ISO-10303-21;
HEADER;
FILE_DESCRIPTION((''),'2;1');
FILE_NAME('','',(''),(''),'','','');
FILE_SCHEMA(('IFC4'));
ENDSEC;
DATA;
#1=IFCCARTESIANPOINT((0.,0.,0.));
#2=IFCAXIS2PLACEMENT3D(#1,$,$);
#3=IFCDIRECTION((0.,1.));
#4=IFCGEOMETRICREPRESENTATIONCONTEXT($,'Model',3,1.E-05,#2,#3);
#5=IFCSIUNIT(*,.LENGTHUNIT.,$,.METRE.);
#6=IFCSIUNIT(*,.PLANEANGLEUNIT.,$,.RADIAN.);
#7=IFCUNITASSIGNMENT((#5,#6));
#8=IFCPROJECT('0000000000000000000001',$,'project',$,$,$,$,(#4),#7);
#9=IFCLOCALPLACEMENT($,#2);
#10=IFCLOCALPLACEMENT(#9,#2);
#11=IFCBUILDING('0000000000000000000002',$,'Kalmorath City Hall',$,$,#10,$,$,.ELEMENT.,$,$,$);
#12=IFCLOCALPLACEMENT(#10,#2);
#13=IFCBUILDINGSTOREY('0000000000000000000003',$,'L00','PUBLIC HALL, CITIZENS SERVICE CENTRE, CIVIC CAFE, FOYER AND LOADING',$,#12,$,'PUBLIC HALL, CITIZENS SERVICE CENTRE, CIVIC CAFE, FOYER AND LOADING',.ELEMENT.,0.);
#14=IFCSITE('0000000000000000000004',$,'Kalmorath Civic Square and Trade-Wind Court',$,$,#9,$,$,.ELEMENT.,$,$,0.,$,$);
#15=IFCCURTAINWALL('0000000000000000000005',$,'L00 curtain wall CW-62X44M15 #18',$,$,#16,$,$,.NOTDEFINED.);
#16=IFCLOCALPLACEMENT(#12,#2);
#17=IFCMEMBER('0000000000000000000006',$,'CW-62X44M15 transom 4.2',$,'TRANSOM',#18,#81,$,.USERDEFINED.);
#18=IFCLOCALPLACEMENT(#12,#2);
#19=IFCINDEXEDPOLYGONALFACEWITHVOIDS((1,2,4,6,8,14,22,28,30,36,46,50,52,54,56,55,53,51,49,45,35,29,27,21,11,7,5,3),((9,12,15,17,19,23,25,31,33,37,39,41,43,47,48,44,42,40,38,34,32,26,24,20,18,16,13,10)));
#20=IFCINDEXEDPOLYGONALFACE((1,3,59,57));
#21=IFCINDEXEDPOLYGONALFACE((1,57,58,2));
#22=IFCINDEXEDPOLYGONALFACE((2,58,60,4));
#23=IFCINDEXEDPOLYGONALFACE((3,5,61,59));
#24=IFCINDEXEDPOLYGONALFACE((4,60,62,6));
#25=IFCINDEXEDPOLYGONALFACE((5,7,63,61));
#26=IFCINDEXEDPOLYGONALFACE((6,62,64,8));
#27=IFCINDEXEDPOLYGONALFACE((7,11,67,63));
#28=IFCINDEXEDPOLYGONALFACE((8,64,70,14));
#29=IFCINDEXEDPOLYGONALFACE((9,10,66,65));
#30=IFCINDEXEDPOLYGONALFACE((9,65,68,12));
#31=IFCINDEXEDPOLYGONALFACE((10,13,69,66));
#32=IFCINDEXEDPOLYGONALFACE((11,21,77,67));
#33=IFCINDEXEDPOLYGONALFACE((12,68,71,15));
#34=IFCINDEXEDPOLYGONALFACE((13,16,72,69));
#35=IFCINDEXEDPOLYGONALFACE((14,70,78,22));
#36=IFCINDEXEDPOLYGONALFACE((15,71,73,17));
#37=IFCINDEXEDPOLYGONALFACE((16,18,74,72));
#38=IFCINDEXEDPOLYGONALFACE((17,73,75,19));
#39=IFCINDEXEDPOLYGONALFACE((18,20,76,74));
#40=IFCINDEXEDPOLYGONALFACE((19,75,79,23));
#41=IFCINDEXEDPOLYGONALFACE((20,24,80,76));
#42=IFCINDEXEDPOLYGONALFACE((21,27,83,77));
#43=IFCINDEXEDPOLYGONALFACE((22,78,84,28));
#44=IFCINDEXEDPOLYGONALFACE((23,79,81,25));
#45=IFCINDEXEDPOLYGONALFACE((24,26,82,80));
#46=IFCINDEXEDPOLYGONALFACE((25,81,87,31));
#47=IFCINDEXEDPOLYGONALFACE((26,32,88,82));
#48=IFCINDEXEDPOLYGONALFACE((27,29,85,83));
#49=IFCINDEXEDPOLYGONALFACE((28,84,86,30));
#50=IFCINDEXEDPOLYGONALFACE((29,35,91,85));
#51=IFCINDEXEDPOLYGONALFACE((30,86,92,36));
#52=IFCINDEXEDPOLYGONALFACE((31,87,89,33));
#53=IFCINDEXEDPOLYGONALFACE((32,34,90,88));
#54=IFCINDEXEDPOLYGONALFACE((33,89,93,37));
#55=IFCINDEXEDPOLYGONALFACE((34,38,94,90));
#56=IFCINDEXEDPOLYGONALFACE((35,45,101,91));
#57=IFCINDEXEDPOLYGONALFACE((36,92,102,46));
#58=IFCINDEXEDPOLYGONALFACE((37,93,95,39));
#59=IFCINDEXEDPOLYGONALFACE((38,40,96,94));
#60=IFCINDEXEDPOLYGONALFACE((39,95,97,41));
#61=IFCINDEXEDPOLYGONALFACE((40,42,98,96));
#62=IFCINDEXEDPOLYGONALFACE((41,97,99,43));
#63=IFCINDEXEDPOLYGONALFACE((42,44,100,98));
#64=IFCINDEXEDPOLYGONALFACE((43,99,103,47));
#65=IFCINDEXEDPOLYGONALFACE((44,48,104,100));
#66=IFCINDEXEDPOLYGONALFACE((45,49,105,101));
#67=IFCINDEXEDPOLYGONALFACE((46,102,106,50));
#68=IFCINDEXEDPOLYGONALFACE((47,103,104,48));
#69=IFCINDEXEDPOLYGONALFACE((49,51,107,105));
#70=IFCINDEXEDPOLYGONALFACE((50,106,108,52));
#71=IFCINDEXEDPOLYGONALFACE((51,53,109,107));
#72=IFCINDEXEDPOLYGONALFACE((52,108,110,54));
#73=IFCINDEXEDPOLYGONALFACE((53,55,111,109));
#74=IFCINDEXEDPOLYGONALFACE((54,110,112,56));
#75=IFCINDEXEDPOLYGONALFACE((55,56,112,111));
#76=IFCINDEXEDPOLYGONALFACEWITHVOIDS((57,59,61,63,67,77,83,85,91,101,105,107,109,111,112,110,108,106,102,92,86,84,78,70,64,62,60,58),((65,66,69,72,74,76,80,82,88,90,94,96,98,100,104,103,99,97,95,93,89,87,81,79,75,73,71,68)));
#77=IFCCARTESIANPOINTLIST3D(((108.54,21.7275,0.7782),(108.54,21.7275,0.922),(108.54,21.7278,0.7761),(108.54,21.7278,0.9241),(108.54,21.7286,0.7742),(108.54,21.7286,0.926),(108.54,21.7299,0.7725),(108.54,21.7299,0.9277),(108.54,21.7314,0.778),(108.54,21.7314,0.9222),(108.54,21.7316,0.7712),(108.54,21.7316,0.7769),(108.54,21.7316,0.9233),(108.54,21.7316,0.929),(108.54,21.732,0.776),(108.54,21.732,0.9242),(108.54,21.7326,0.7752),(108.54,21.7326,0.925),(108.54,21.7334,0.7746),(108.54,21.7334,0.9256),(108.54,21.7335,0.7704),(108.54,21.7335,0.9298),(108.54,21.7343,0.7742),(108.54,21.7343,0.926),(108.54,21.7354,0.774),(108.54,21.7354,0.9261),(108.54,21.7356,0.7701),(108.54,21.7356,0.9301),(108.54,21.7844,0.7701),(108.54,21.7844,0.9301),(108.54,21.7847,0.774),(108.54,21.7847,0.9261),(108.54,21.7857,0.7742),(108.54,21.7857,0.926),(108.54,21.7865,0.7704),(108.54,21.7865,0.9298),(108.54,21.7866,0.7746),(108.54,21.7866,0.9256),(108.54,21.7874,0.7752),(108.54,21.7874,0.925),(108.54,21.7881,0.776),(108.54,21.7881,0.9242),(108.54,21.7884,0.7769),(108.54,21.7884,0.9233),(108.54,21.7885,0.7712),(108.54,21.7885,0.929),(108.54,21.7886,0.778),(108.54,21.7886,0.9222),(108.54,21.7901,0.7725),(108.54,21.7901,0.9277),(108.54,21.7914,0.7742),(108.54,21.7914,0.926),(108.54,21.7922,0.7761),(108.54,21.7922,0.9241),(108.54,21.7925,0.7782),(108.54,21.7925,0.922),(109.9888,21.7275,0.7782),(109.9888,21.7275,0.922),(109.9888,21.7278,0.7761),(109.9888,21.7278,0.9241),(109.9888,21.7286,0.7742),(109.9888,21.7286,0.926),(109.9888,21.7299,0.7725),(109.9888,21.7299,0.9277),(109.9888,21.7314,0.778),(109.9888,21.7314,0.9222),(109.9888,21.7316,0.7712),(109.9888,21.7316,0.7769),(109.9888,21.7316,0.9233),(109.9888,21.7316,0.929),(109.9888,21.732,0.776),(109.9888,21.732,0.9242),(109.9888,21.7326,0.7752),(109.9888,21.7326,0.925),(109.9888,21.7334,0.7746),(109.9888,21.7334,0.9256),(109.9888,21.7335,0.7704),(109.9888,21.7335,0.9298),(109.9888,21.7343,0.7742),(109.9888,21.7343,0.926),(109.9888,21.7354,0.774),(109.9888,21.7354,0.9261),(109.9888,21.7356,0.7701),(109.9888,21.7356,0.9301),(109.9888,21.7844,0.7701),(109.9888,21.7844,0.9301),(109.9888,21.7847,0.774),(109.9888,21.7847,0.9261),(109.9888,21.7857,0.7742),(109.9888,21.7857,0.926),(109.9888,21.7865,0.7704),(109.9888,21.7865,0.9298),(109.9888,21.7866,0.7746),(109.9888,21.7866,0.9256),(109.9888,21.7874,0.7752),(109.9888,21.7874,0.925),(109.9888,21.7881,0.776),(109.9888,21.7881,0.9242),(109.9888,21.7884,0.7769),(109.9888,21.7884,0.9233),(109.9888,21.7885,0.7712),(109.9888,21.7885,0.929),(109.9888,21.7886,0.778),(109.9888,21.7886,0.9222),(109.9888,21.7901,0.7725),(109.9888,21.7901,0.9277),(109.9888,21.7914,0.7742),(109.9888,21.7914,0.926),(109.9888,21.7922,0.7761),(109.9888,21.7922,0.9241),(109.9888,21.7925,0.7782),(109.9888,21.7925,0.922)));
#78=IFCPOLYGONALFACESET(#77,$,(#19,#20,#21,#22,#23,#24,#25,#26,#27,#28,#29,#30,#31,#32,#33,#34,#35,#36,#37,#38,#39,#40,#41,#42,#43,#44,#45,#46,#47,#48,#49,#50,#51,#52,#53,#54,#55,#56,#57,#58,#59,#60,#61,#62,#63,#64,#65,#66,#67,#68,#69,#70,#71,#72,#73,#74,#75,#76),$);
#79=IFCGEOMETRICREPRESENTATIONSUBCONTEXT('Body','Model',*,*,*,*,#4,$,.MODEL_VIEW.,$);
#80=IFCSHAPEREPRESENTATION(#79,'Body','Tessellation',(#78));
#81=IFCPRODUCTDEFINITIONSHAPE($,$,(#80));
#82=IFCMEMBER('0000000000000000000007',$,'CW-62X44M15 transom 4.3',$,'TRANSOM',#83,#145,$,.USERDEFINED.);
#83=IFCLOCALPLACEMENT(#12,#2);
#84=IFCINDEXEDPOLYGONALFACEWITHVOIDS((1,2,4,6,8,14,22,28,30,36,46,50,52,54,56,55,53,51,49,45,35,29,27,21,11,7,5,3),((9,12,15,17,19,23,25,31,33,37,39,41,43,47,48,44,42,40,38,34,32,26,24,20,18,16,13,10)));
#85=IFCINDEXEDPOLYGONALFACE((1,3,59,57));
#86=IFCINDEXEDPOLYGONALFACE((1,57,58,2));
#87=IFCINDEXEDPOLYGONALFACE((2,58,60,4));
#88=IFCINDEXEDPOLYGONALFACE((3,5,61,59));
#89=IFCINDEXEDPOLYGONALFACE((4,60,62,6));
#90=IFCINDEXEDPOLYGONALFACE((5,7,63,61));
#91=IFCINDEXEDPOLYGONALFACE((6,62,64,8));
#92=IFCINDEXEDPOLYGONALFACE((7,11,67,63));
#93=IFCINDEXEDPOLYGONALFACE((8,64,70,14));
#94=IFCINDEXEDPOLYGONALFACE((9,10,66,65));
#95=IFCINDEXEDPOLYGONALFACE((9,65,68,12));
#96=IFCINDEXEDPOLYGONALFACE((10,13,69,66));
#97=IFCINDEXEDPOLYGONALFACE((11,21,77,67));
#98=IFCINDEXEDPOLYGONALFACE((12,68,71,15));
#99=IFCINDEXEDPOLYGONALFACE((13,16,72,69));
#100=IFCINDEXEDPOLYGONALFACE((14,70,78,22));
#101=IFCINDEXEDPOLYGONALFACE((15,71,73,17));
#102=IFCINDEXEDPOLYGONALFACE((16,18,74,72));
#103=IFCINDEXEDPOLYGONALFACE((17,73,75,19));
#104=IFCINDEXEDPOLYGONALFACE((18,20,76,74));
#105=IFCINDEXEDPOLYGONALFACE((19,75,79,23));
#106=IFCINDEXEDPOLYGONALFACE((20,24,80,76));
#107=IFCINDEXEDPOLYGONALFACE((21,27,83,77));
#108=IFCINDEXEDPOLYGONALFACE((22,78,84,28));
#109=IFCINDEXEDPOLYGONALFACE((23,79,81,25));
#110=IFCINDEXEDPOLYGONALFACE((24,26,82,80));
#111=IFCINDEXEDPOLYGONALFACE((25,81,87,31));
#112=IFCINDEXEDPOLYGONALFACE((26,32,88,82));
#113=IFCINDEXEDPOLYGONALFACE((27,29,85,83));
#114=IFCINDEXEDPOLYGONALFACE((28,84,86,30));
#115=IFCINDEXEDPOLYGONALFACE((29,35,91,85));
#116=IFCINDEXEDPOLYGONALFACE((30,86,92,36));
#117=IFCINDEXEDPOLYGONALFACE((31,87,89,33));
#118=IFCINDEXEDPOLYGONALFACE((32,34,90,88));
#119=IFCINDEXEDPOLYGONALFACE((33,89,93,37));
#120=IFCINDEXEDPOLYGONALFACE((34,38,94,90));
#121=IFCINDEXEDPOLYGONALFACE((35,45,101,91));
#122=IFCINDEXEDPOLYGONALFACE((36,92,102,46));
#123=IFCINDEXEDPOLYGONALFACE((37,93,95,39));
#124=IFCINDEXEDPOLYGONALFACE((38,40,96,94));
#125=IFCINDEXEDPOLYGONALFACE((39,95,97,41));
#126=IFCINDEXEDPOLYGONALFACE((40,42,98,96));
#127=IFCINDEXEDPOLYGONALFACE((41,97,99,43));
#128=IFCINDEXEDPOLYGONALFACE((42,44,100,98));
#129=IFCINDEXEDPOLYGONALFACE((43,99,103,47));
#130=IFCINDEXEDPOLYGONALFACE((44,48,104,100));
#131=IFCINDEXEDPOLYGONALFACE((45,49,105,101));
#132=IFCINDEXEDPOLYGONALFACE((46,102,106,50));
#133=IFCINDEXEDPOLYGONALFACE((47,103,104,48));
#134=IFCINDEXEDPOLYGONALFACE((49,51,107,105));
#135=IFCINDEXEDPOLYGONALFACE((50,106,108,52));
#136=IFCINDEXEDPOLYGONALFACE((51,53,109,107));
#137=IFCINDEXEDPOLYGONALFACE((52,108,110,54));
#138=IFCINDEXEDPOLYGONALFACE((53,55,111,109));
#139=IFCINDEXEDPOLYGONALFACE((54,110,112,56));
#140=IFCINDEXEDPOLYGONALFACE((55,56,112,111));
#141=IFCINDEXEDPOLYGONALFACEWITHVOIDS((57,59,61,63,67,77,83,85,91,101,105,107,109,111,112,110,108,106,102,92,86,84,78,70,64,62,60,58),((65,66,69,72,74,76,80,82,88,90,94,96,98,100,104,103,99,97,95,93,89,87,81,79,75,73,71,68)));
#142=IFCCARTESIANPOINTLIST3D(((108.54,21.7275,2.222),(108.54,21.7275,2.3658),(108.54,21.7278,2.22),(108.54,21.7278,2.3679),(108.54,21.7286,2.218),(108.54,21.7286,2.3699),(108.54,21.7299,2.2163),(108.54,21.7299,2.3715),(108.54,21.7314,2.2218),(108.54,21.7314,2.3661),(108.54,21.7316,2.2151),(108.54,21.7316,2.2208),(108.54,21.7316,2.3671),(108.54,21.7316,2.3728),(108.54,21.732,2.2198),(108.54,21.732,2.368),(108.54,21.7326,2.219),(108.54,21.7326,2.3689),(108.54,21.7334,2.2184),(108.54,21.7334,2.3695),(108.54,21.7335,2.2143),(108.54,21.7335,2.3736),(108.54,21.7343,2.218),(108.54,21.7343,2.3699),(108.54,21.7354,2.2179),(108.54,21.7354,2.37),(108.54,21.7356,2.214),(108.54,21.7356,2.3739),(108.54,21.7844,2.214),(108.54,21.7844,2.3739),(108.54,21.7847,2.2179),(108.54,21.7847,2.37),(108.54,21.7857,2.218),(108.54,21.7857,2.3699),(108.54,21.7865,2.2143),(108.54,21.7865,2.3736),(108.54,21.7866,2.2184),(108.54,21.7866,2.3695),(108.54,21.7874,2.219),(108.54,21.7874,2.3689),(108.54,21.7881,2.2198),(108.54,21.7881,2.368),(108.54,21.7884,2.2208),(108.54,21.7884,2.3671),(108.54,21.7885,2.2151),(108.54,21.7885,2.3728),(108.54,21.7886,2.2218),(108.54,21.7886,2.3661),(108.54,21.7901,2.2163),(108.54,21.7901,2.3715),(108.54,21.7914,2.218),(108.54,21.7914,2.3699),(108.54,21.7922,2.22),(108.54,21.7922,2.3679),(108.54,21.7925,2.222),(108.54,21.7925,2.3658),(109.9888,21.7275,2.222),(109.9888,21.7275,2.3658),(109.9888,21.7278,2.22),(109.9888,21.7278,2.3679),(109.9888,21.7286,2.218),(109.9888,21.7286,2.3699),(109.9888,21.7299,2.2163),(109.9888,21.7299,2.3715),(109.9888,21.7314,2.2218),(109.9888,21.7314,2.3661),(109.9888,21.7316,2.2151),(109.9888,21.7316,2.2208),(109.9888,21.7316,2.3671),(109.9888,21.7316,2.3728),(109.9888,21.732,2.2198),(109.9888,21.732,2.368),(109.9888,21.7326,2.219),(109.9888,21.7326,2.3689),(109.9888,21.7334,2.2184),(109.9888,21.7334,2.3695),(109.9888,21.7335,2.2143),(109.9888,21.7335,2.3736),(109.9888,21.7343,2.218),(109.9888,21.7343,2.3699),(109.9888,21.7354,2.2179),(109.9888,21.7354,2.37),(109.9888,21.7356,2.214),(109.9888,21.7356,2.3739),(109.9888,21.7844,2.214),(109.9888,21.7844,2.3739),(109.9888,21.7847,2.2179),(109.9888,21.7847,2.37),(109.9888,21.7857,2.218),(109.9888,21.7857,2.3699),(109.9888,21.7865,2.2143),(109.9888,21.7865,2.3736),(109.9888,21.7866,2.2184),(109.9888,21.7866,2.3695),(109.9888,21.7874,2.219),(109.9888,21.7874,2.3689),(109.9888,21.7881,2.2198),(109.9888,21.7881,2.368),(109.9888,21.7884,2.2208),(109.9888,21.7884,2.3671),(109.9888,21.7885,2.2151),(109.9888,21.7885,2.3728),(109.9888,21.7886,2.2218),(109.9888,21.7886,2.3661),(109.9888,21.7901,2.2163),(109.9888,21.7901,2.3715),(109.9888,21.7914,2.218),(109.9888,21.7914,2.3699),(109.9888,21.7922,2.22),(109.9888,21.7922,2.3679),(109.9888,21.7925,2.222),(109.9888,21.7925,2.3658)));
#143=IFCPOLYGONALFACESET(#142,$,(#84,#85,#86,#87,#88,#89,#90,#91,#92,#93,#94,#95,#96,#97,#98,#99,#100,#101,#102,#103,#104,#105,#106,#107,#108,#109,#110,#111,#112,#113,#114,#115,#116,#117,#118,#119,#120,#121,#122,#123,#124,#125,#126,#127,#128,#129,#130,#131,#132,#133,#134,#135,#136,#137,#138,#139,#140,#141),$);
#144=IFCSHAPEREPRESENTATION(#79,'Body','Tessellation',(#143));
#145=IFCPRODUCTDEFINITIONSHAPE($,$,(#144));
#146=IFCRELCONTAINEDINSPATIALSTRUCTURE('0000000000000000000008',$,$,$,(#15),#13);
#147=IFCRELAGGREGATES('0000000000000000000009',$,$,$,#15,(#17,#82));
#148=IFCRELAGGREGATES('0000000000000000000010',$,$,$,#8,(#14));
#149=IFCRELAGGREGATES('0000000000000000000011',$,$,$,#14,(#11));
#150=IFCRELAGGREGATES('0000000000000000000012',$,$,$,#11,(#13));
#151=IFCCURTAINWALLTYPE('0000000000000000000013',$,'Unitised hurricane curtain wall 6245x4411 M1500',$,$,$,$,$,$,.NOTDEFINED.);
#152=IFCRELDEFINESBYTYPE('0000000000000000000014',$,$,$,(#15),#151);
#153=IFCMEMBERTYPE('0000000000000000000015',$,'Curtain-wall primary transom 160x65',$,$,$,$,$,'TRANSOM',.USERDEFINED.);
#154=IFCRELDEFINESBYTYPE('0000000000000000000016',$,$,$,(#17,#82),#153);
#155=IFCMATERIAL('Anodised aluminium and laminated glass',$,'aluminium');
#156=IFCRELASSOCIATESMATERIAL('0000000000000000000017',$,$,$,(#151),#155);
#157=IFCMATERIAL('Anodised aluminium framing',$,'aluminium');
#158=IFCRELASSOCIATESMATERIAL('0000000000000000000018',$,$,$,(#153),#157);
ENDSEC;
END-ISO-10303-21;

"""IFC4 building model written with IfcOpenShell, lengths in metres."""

from ifc_helpers import new_model, si_unit, direction, frame, origin, origin_2d, place, context, subcontext, project, spatial, hollow_rectangle, extrude, material, material_profile, profile_set, type_object, element, aggregate, save


model = new_model("IFC4")

# Units and contexts
model_context = context("Model", 3, precision=1e-05, world=origin(), true_north=direction((0.0, 1.0)))
body_context = subcontext(model_context, "Body", "Model", "MODEL_VIEW")
ifc_project = project(units=[si_unit("LENGTHUNIT", "METRE"), si_unit("PLANEANGLEUNIT", "RADIAN")], contexts=[model_context])

# Site, building, storey
site_placement = place(None, origin())
site = spatial("IfcSite", under=ifc_project, at=site_placement, Name="Kalmorath Civic Square and Trade-Wind Court", CompositionType="ELEMENT", RefElevation=0.0)
building_placement = place(site_placement, origin())
building = spatial("IfcBuilding", under=site, at=building_placement, Name="Kalmorath City Hall", CompositionType="ELEMENT")
storey_placement = place(building_placement, origin())
storey = spatial("IfcBuildingStorey", under=building, at=storey_placement, Name="L00", Description="PUBLIC HALL, CITIZENS SERVICE CENTRE, CIVIC CAFE, FOYER AND LOADING", LongName="PUBLIC HALL, CITIZENS SERVICE CENTRE, CIVIC CAFE, FOYER AND LOADING", CompositionType="ELEMENT", Elevation=0.0)

# Curtain wall
ifc_material_1 = material(Name="Anodised aluminium and laminated glass", Category="aluminium")
curtain_wall_type_1 = type_object("IfcCurtainWallType", Name="Unitised hurricane curtain wall 6245x4411 M1500", PredefinedType="NOTDEFINED", material=ifc_material_1)
curtain_wall_1_placement = place(storey_placement, origin())
curtain_wall_1 = element("IfcCurtainWall", 1, at=curtain_wall_1_placement, inside=storey, type_object=curtain_wall_type_1, Name="L00 curtain wall CW-62X44M15 #18", PredefinedType="NOTDEFINED")

# Members
ifc_material_2 = material(Name="Anodised aluminium framing", Category="aluminium")
ifc_material_profile_1 = material_profile(ifc_material_2, hollow_rectangle(XDim=0.0649, YDim=0.1599, WallThickness=0.0039, InnerFilletRadius=0.0039, OuterFilletRadius=0.0081, at=origin_2d()), Name="ALU-TRN-160X65X4")
ifc_profile_set_1 = profile_set([ifc_material_profile_1], Name="Anodised aluminium framing")
member_type_1 = type_object("IfcMemberType", Name="Curtain-wall primary transom 160x65", ElementType="TRANSOM", PredefinedType="USERDEFINED", material=ifc_profile_set_1)
member_1_placement = place(storey_placement, frame((109.9888, 21.76, 0.8501), z_axis=(-1.0, 0.0, 0.0), x_axis=(0.0, -1.0, 0.0)))
member_1 = element("IfcMember", 2, at=member_1_placement, type_object=member_type_1, Name="CW-62X44M15 transom 4.2", ObjectType="TRANSOM", PredefinedType="USERDEFINED", context=body_context, shape_type="SweptSolid", body=[
    extrude(hollow_rectangle(XDim=0.0649, YDim=0.1599, WallThickness=0.0039, InnerFilletRadius=0.0039, OuterFilletRadius=0.0081, at=origin_2d()), origin(), (0.0, 0.0, 1.0), 1.4487),
])
member_2_placement = place(storey_placement, frame((109.9888, 21.76, 2.2939), z_axis=(-1.0, 0.0, 0.0), x_axis=(0.0, -1.0, 0.0)))
member_2 = element("IfcMember", 3, at=member_2_placement, type_object=member_type_1, Name="CW-62X44M15 transom 4.3", ObjectType="TRANSOM", PredefinedType="USERDEFINED", context=body_context, shape_type="SweptSolid", body=[
    extrude(hollow_rectangle(XDim=0.0649, YDim=0.1599, WallThickness=0.0039, InnerFilletRadius=0.0039, OuterFilletRadius=0.0081, at=origin_2d()), origin(), (0.0, 0.0, 1.0), 1.4487),
])

aggregate(curtain_wall_1, [member_1, member_2])

save(model, "model.ifc")
